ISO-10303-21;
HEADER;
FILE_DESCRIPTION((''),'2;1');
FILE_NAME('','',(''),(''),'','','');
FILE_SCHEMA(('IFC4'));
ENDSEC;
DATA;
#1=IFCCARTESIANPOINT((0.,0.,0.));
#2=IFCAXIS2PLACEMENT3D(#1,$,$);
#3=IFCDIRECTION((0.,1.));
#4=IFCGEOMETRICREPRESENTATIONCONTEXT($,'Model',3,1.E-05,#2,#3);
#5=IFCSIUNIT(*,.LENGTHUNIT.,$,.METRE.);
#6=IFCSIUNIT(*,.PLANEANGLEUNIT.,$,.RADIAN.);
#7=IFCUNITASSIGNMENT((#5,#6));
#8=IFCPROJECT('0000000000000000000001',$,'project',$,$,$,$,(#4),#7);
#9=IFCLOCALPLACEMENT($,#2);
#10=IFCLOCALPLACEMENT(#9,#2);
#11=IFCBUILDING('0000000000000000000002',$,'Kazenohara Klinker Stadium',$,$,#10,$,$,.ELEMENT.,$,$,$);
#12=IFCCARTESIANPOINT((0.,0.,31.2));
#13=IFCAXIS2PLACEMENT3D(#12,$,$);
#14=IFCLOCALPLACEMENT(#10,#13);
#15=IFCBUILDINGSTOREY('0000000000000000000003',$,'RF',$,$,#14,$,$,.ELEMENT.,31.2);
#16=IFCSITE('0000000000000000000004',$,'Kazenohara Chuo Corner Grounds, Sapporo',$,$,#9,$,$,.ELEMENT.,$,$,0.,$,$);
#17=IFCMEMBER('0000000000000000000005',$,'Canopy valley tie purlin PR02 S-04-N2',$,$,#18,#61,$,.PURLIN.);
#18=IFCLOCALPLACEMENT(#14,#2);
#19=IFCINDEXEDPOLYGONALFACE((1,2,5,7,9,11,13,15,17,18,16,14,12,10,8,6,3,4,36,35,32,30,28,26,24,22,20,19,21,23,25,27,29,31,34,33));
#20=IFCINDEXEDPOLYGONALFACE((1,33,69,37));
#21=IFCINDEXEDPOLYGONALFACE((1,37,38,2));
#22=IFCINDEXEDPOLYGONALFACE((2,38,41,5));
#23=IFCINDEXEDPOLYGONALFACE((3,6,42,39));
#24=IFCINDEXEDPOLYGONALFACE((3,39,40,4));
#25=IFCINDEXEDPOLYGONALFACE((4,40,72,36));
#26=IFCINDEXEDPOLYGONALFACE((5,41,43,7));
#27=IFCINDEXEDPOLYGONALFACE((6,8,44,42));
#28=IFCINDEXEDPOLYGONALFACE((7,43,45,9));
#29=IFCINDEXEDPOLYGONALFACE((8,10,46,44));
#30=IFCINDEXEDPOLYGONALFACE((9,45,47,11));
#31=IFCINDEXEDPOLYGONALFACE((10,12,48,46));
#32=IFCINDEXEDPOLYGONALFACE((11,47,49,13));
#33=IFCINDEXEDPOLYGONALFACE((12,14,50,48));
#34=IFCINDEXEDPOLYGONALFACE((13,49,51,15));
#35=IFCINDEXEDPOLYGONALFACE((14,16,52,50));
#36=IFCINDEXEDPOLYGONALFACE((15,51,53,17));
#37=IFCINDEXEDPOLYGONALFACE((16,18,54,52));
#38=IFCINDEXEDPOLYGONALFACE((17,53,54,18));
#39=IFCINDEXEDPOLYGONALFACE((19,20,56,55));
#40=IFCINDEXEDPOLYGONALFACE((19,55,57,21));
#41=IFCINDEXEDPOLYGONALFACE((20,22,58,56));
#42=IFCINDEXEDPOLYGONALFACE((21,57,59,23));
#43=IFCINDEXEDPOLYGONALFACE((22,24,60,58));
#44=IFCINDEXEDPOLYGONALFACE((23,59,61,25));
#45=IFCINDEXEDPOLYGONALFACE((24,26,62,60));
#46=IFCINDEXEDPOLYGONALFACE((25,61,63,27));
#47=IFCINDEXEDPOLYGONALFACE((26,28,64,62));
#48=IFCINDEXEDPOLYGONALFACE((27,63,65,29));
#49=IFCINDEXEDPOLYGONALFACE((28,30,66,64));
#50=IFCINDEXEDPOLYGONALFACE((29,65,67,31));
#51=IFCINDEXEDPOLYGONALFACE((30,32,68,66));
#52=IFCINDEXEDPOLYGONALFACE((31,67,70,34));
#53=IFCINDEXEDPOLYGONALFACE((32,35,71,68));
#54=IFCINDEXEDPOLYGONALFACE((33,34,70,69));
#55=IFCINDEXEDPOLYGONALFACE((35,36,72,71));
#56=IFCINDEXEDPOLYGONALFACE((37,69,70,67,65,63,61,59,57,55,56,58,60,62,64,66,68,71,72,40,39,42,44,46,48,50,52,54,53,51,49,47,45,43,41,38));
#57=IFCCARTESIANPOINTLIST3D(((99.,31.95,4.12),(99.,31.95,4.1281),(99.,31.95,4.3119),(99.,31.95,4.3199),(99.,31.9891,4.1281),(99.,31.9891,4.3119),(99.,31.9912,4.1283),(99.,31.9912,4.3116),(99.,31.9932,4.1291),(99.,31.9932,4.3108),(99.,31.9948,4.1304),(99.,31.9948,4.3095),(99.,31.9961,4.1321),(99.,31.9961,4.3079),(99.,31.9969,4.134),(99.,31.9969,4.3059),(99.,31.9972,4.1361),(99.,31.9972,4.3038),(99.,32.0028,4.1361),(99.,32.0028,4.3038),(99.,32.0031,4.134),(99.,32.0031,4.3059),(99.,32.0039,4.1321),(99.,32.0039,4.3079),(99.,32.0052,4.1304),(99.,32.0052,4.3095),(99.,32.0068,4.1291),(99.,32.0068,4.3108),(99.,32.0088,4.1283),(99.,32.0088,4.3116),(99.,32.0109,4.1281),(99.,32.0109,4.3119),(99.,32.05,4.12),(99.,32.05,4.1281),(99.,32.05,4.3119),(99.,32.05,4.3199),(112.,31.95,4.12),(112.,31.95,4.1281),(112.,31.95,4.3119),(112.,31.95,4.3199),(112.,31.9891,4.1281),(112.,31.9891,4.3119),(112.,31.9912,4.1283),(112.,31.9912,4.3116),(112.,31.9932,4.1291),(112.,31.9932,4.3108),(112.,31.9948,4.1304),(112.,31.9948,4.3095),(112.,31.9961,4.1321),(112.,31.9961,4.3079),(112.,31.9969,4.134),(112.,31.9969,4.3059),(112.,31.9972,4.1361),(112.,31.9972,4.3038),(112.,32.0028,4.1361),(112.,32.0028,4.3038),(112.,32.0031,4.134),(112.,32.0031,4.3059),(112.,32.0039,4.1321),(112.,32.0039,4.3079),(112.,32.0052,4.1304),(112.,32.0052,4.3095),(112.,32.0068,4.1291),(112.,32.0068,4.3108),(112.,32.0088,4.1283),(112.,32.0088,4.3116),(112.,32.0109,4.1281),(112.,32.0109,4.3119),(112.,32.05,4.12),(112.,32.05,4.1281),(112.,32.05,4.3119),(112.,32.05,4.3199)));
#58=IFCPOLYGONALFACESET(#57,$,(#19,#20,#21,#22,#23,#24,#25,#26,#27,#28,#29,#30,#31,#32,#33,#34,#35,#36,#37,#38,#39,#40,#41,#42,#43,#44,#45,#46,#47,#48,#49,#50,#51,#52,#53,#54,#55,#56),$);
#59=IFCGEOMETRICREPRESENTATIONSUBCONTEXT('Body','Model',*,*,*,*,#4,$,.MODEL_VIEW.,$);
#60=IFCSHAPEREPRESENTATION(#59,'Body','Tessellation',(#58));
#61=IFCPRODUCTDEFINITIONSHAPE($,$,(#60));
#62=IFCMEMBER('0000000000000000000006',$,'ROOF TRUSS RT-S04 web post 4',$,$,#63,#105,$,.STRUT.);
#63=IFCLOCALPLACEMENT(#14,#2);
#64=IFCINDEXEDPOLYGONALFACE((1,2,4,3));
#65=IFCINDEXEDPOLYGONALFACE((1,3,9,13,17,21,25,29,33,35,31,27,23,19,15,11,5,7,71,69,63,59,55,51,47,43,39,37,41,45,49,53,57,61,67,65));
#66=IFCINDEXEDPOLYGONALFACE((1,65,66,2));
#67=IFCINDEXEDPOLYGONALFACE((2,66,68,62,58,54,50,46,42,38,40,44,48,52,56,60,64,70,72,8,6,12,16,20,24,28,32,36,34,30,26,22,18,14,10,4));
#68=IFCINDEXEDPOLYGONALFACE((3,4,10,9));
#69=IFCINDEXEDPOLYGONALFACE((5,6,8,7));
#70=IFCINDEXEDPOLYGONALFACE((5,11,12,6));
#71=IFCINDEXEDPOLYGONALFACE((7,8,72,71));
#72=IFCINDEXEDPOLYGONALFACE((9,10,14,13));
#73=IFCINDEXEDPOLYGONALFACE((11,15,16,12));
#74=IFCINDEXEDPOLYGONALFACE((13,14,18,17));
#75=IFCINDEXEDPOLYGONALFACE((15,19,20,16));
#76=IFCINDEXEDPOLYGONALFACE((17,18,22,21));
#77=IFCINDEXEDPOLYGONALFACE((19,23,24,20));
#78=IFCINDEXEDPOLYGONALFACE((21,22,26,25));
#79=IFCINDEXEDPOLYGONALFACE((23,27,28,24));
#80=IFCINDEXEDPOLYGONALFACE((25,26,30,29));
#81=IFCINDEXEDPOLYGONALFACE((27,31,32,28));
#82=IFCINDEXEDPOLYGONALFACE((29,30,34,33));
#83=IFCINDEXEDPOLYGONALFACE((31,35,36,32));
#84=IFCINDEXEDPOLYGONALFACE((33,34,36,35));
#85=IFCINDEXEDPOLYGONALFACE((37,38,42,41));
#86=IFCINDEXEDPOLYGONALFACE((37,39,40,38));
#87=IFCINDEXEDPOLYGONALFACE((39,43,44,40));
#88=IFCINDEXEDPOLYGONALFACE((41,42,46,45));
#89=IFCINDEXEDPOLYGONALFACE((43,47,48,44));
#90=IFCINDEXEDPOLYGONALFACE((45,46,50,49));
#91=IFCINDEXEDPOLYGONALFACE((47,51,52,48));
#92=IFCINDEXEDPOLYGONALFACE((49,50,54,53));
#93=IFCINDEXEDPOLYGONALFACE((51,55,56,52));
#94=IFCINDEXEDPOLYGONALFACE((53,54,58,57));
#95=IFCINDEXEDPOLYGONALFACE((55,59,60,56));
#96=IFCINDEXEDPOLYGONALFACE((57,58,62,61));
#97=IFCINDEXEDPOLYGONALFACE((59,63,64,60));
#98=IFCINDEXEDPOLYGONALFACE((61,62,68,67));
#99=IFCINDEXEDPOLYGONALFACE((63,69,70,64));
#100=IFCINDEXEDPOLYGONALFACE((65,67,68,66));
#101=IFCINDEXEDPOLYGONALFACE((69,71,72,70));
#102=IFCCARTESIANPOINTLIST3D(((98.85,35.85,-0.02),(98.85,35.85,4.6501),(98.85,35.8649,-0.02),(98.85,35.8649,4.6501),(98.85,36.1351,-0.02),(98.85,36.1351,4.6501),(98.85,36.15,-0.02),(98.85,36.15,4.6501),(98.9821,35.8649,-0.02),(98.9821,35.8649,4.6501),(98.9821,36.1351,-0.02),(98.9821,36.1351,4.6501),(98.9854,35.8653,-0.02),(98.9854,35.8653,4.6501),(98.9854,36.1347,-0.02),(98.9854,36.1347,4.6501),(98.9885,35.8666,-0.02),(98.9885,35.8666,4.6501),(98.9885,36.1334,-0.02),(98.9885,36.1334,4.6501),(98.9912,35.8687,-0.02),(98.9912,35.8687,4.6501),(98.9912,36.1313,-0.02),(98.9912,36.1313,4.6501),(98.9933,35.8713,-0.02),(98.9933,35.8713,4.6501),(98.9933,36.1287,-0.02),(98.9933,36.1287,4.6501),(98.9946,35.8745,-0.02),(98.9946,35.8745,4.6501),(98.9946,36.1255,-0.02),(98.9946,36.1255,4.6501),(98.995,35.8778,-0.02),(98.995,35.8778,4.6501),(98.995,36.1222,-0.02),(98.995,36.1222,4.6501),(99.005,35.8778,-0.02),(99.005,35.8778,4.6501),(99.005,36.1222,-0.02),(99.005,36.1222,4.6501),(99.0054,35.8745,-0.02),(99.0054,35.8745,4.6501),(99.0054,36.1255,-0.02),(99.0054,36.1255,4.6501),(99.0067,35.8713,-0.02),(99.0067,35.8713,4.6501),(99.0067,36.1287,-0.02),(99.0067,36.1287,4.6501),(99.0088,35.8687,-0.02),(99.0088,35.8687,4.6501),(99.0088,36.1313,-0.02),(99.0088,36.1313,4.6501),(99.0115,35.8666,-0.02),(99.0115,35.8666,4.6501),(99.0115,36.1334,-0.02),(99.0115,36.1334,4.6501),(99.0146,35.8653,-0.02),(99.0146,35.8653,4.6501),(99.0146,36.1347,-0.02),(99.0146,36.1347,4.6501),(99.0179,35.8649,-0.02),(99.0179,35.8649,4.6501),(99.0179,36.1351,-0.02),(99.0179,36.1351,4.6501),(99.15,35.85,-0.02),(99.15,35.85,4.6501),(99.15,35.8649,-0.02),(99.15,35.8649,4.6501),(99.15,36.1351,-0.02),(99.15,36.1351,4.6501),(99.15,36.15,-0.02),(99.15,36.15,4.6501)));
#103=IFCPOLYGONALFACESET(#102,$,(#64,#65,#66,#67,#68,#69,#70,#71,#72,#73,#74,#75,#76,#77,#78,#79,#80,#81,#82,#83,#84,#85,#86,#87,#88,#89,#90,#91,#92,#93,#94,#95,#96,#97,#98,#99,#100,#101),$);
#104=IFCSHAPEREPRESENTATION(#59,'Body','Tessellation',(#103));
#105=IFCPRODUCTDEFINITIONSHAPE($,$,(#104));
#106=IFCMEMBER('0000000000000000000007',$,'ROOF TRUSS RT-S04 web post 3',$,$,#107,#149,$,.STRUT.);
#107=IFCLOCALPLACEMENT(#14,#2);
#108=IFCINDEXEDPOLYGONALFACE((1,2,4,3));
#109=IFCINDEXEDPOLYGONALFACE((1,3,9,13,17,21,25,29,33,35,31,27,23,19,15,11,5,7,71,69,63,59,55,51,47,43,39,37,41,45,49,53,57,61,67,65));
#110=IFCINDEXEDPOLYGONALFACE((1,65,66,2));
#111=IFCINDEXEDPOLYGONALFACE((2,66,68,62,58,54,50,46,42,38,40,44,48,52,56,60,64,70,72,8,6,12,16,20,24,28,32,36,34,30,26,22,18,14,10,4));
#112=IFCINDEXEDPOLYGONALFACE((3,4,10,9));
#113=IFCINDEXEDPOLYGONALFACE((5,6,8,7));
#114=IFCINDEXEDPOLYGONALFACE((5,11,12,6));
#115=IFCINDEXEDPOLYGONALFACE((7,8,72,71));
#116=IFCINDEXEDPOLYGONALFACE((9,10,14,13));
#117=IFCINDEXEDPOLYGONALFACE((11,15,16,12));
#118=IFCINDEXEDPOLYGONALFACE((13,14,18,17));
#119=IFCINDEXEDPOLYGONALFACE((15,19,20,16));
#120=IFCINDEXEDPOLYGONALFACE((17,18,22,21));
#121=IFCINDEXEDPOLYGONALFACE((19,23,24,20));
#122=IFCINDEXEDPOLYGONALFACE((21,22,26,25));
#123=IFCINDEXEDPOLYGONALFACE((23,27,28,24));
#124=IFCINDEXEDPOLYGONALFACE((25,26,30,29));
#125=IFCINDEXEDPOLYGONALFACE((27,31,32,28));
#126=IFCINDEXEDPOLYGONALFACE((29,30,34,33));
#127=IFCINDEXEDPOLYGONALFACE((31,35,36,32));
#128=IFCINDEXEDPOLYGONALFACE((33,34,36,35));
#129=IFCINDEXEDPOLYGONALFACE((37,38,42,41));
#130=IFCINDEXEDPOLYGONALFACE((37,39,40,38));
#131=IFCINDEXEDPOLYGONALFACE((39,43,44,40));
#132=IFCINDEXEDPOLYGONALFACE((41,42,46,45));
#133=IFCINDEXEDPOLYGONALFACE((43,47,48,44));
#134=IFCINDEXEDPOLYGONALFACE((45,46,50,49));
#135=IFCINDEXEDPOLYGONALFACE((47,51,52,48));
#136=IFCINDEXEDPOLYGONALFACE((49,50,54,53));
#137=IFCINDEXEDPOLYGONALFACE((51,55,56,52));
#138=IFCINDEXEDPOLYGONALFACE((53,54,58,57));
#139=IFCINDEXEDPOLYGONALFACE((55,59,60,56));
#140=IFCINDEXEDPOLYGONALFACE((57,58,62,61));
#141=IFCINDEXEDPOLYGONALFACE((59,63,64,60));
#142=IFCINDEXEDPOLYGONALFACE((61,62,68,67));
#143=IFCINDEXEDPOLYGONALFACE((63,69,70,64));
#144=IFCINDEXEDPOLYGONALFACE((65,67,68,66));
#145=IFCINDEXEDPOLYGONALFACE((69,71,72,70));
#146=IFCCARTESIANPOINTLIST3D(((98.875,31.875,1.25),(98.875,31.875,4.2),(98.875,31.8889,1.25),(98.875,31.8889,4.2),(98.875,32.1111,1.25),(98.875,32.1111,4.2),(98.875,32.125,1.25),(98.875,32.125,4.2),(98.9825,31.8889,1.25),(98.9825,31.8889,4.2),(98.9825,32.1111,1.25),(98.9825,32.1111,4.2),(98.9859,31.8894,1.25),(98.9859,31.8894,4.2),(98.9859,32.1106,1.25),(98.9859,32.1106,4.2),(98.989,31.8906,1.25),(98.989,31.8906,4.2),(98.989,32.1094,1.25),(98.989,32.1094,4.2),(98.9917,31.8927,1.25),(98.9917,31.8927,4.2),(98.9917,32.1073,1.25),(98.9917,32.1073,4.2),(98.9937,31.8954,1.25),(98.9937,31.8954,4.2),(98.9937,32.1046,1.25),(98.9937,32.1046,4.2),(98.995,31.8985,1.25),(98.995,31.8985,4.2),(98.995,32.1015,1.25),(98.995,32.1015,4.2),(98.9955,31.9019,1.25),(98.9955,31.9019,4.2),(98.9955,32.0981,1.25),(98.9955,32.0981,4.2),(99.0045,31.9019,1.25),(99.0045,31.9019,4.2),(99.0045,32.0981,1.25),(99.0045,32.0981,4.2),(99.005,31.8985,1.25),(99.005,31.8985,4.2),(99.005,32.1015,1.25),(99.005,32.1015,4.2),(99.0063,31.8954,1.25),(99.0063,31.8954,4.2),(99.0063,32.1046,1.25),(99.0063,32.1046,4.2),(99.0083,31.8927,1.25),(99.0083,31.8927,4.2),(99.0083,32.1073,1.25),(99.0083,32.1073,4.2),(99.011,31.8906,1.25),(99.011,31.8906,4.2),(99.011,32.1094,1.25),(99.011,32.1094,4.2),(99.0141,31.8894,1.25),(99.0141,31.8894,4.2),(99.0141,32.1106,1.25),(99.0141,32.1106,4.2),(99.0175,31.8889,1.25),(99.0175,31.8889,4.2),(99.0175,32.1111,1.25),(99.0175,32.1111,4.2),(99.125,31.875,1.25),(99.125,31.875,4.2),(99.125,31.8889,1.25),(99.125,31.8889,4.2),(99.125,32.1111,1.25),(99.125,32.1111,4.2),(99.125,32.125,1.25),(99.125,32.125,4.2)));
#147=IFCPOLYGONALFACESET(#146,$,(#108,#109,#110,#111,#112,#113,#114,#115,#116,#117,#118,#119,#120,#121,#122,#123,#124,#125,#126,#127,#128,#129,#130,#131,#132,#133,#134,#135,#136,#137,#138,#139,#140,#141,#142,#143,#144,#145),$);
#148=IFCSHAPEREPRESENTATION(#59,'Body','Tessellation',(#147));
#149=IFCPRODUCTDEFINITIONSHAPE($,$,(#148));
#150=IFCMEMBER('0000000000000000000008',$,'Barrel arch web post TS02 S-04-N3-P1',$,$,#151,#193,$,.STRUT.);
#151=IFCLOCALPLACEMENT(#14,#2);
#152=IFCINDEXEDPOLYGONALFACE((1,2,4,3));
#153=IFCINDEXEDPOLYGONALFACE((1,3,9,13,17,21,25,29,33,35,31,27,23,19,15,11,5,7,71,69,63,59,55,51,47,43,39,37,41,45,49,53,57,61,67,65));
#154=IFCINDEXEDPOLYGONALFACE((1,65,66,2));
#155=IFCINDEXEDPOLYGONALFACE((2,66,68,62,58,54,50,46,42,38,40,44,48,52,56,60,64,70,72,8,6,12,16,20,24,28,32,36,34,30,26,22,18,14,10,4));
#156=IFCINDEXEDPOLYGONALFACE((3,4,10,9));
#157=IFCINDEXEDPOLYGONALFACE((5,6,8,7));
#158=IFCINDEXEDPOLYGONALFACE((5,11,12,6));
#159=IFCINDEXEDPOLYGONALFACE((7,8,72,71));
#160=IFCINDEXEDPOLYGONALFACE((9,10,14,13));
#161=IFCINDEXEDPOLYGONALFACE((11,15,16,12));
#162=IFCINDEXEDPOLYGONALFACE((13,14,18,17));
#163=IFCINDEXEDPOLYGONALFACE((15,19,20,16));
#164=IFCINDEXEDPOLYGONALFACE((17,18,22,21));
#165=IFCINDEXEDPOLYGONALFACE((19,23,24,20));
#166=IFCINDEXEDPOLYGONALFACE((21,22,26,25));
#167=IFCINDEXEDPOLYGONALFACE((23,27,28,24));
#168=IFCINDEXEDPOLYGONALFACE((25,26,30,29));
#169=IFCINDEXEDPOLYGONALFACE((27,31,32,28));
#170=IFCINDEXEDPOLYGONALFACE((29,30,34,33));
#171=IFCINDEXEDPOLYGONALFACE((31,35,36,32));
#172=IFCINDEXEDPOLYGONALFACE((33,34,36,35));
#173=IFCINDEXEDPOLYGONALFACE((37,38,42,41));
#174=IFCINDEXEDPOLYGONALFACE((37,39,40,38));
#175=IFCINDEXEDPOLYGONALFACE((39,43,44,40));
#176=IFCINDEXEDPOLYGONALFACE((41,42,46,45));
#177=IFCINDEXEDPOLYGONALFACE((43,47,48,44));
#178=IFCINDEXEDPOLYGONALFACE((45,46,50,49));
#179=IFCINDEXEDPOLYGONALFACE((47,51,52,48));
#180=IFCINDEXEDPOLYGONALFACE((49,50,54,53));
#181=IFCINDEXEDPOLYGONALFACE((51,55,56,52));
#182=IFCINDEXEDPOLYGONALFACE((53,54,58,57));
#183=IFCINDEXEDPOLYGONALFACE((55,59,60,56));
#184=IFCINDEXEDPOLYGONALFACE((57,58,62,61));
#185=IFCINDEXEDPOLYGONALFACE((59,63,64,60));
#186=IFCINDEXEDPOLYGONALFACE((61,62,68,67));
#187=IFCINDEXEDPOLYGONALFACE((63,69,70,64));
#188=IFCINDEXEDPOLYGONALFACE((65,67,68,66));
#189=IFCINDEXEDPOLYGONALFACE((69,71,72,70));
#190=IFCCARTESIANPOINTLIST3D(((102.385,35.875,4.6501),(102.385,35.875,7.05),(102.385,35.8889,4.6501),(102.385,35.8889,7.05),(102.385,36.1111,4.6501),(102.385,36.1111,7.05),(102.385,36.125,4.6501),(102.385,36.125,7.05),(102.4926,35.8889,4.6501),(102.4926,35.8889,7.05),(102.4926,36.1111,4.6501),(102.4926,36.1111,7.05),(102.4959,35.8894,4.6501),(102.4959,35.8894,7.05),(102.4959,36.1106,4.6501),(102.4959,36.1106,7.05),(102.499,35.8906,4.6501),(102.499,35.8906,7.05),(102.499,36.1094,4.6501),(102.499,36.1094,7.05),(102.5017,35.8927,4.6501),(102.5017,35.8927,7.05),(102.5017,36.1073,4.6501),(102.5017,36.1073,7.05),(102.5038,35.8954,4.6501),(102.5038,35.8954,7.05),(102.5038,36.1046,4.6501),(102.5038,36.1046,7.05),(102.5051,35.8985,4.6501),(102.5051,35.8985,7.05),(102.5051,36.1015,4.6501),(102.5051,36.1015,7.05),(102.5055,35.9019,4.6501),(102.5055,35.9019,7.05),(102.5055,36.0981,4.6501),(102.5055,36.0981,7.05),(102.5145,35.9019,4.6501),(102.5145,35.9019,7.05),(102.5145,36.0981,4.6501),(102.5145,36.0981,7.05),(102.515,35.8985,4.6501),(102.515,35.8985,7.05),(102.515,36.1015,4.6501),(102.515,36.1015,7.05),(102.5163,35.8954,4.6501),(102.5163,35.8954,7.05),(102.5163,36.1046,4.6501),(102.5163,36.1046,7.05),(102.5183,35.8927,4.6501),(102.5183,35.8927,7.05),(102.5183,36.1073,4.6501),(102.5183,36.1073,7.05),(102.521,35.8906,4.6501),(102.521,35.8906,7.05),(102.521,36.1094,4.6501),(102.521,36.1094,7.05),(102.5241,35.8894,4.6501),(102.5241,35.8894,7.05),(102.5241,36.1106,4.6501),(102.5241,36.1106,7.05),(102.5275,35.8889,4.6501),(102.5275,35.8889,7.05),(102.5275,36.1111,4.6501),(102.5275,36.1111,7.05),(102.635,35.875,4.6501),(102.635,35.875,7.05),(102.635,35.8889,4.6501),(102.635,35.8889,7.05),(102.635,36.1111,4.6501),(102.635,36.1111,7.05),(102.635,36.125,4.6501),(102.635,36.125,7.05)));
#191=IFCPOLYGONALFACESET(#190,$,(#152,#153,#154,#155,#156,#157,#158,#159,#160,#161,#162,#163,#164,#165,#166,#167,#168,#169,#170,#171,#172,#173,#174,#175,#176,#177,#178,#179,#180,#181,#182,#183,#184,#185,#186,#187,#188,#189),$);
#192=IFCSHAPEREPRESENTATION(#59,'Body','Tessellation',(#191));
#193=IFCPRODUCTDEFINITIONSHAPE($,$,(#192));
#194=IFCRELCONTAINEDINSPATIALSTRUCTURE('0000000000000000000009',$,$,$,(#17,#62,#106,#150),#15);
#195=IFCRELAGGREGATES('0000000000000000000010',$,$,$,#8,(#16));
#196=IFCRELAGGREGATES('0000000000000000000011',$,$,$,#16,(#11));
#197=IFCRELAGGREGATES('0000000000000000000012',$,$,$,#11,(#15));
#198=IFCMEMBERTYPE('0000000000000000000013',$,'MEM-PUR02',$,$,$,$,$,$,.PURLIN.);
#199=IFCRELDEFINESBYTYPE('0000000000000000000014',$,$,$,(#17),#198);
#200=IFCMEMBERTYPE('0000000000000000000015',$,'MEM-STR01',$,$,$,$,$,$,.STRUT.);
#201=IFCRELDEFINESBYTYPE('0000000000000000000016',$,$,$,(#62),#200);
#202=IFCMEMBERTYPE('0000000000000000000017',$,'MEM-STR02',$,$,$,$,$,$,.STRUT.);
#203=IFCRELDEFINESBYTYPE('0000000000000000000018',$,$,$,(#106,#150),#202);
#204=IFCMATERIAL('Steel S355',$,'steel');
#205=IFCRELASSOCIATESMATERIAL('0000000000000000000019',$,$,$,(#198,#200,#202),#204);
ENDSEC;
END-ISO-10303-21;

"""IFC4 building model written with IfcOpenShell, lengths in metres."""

from ifc_helpers import new_model, si_unit, direction, frame, origin, origin_2d, place, context, subcontext, project, spatial, i_section, extrude, material, material_profile, profile_set, type_object, element, save


model = new_model("IFC4")

# Units and contexts
model_context = context("Model", 3, precision=1e-05, world=origin(), true_north=direction((0.0, 1.0)))
body_context = subcontext(model_context, "Body", "Model", "MODEL_VIEW")
ifc_project = project(units=[si_unit("LENGTHUNIT", "METRE"), si_unit("PLANEANGLEUNIT", "RADIAN")], contexts=[model_context])

# Site, building, storey
site_placement = place(None, origin())
site = spatial("IfcSite", under=ifc_project, at=site_placement, Name="Kazenohara Chuo Corner Grounds, Sapporo", CompositionType="ELEMENT", RefElevation=0.0)
building_placement = place(site_placement, origin())
building = spatial("IfcBuilding", under=site, at=building_placement, Name="Kazenohara Klinker Stadium", CompositionType="ELEMENT")
storey_placement = place(building_placement, frame((0.0, 0.0, 31.2)))
storey = spatial("IfcBuildingStorey", under=building, at=storey_placement, Name="RF", CompositionType="ELEMENT", Elevation=31.2)

# Members
ifc_material_1 = material(Name="Steel S355", Category="steel")
ifc_material_profile_1 = material_profile(ifc_material_1, i_section(OverallWidth=0.1001, OverallDepth=0.2, WebThickness=0.0056, FlangeThickness=0.0081, FilletRadius=0.0081, at=origin_2d()), Name="H-200x100x5.5x8")
ifc_profile_set_1 = profile_set([ifc_material_profile_1], Name="Steel S355")
member_type_1 = type_object("IfcMemberType", Name="MEM-PUR02", PredefinedType="PURLIN", material=ifc_profile_set_1)
member_1_placement = place(storey_placement, frame((99.0, 32.0, 4.22), z_axis=(1.0, 0.0, 0.0), x_axis=(0.0, 1.0, 0.0)))
element("IfcMember", 1, at=member_1_placement, inside=storey, type_object=member_type_1, Name="Canopy valley tie purlin PR02 S-04-N2", PredefinedType="PURLIN", context=body_context, shape_type="SweptSolid", body=[
    extrude(i_section(OverallWidth=0.1001, OverallDepth=0.2, WebThickness=0.0056, FlangeThickness=0.0081, FilletRadius=0.0081, at=origin_2d()), origin(), (0.0, 0.0, 1.0), 13.0),
])
ifc_material_profile_2 = material_profile(ifc_material_1, i_section(OverallWidth=0.3, OverallDepth=0.3, WebThickness=0.01, FlangeThickness=0.0149, FilletRadius=0.0129, at=origin_2d()), Name="H-300x300x10x15")
ifc_profile_set_2 = profile_set([ifc_material_profile_2], Name="Steel S355")
member_type_2 = type_object("IfcMemberType", Name="MEM-STR01", PredefinedType="STRUT", material=ifc_profile_set_2)
member_2_placement = place(storey_placement, frame((99.0, 36.0, -0.02), z_axis=(0.0, 0.0, 1.0), x_axis=(1.0, 0.0, 0.0)))
element("IfcMember", 2, at=member_2_placement, inside=storey, type_object=member_type_2, Name="ROOF TRUSS RT-S04 web post 4", PredefinedType="STRUT", context=body_context, shape_type="SweptSolid", body=[
    extrude(i_section(OverallWidth=0.3, OverallDepth=0.3, WebThickness=0.01, FlangeThickness=0.0149, FilletRadius=0.0129, at=origin_2d()), origin(), (0.0, 0.0, 1.0), 4.6702),
])
ifc_material_profile_3 = material_profile(ifc_material_1, i_section(OverallWidth=0.25, OverallDepth=0.25, WebThickness=0.009, FlangeThickness=0.0139, FilletRadius=0.0129, at=origin_2d()), Name="H-250x250x9x14")
ifc_profile_set_3 = profile_set([ifc_material_profile_3], Name="Steel S355")
member_type_3 = type_object("IfcMemberType", Name="MEM-STR02", PredefinedType="STRUT", material=ifc_profile_set_3)
member_3_placement = place(storey_placement, frame((99.0, 32.0, 1.25), z_axis=(0.0, 0.0, 1.0), x_axis=(1.0, 0.0, 0.0)))
element("IfcMember", 3, at=member_3_placement, inside=storey, type_object=member_type_3, Name="ROOF TRUSS RT-S04 web post 3", PredefinedType="STRUT", context=body_context, shape_type="SweptSolid", body=[
    extrude(i_section(OverallWidth=0.25, OverallDepth=0.25, WebThickness=0.009, FlangeThickness=0.0139, FilletRadius=0.0129, at=origin_2d()), origin(), (0.0, 0.0, 1.0), 2.95),
])
member_4_placement = place(storey_placement, frame((102.51, 36.0, 4.6501), z_axis=(0.0, 0.0, 1.0), x_axis=(1.0, 0.0, 0.0)))
element("IfcMember", 4, at=member_4_placement, inside=storey, type_object=member_type_3, Name="Barrel arch web post TS02 S-04-N3-P1", PredefinedType="STRUT", context=body_context, shape_type="SweptSolid", body=[
    extrude(i_section(OverallWidth=0.25, OverallDepth=0.25, WebThickness=0.009, FlangeThickness=0.0139, FilletRadius=0.0129, at=origin_2d()), origin(), (0.0, 0.0, 1.0), 2.3999),
])

save(model, "model.ifc")
